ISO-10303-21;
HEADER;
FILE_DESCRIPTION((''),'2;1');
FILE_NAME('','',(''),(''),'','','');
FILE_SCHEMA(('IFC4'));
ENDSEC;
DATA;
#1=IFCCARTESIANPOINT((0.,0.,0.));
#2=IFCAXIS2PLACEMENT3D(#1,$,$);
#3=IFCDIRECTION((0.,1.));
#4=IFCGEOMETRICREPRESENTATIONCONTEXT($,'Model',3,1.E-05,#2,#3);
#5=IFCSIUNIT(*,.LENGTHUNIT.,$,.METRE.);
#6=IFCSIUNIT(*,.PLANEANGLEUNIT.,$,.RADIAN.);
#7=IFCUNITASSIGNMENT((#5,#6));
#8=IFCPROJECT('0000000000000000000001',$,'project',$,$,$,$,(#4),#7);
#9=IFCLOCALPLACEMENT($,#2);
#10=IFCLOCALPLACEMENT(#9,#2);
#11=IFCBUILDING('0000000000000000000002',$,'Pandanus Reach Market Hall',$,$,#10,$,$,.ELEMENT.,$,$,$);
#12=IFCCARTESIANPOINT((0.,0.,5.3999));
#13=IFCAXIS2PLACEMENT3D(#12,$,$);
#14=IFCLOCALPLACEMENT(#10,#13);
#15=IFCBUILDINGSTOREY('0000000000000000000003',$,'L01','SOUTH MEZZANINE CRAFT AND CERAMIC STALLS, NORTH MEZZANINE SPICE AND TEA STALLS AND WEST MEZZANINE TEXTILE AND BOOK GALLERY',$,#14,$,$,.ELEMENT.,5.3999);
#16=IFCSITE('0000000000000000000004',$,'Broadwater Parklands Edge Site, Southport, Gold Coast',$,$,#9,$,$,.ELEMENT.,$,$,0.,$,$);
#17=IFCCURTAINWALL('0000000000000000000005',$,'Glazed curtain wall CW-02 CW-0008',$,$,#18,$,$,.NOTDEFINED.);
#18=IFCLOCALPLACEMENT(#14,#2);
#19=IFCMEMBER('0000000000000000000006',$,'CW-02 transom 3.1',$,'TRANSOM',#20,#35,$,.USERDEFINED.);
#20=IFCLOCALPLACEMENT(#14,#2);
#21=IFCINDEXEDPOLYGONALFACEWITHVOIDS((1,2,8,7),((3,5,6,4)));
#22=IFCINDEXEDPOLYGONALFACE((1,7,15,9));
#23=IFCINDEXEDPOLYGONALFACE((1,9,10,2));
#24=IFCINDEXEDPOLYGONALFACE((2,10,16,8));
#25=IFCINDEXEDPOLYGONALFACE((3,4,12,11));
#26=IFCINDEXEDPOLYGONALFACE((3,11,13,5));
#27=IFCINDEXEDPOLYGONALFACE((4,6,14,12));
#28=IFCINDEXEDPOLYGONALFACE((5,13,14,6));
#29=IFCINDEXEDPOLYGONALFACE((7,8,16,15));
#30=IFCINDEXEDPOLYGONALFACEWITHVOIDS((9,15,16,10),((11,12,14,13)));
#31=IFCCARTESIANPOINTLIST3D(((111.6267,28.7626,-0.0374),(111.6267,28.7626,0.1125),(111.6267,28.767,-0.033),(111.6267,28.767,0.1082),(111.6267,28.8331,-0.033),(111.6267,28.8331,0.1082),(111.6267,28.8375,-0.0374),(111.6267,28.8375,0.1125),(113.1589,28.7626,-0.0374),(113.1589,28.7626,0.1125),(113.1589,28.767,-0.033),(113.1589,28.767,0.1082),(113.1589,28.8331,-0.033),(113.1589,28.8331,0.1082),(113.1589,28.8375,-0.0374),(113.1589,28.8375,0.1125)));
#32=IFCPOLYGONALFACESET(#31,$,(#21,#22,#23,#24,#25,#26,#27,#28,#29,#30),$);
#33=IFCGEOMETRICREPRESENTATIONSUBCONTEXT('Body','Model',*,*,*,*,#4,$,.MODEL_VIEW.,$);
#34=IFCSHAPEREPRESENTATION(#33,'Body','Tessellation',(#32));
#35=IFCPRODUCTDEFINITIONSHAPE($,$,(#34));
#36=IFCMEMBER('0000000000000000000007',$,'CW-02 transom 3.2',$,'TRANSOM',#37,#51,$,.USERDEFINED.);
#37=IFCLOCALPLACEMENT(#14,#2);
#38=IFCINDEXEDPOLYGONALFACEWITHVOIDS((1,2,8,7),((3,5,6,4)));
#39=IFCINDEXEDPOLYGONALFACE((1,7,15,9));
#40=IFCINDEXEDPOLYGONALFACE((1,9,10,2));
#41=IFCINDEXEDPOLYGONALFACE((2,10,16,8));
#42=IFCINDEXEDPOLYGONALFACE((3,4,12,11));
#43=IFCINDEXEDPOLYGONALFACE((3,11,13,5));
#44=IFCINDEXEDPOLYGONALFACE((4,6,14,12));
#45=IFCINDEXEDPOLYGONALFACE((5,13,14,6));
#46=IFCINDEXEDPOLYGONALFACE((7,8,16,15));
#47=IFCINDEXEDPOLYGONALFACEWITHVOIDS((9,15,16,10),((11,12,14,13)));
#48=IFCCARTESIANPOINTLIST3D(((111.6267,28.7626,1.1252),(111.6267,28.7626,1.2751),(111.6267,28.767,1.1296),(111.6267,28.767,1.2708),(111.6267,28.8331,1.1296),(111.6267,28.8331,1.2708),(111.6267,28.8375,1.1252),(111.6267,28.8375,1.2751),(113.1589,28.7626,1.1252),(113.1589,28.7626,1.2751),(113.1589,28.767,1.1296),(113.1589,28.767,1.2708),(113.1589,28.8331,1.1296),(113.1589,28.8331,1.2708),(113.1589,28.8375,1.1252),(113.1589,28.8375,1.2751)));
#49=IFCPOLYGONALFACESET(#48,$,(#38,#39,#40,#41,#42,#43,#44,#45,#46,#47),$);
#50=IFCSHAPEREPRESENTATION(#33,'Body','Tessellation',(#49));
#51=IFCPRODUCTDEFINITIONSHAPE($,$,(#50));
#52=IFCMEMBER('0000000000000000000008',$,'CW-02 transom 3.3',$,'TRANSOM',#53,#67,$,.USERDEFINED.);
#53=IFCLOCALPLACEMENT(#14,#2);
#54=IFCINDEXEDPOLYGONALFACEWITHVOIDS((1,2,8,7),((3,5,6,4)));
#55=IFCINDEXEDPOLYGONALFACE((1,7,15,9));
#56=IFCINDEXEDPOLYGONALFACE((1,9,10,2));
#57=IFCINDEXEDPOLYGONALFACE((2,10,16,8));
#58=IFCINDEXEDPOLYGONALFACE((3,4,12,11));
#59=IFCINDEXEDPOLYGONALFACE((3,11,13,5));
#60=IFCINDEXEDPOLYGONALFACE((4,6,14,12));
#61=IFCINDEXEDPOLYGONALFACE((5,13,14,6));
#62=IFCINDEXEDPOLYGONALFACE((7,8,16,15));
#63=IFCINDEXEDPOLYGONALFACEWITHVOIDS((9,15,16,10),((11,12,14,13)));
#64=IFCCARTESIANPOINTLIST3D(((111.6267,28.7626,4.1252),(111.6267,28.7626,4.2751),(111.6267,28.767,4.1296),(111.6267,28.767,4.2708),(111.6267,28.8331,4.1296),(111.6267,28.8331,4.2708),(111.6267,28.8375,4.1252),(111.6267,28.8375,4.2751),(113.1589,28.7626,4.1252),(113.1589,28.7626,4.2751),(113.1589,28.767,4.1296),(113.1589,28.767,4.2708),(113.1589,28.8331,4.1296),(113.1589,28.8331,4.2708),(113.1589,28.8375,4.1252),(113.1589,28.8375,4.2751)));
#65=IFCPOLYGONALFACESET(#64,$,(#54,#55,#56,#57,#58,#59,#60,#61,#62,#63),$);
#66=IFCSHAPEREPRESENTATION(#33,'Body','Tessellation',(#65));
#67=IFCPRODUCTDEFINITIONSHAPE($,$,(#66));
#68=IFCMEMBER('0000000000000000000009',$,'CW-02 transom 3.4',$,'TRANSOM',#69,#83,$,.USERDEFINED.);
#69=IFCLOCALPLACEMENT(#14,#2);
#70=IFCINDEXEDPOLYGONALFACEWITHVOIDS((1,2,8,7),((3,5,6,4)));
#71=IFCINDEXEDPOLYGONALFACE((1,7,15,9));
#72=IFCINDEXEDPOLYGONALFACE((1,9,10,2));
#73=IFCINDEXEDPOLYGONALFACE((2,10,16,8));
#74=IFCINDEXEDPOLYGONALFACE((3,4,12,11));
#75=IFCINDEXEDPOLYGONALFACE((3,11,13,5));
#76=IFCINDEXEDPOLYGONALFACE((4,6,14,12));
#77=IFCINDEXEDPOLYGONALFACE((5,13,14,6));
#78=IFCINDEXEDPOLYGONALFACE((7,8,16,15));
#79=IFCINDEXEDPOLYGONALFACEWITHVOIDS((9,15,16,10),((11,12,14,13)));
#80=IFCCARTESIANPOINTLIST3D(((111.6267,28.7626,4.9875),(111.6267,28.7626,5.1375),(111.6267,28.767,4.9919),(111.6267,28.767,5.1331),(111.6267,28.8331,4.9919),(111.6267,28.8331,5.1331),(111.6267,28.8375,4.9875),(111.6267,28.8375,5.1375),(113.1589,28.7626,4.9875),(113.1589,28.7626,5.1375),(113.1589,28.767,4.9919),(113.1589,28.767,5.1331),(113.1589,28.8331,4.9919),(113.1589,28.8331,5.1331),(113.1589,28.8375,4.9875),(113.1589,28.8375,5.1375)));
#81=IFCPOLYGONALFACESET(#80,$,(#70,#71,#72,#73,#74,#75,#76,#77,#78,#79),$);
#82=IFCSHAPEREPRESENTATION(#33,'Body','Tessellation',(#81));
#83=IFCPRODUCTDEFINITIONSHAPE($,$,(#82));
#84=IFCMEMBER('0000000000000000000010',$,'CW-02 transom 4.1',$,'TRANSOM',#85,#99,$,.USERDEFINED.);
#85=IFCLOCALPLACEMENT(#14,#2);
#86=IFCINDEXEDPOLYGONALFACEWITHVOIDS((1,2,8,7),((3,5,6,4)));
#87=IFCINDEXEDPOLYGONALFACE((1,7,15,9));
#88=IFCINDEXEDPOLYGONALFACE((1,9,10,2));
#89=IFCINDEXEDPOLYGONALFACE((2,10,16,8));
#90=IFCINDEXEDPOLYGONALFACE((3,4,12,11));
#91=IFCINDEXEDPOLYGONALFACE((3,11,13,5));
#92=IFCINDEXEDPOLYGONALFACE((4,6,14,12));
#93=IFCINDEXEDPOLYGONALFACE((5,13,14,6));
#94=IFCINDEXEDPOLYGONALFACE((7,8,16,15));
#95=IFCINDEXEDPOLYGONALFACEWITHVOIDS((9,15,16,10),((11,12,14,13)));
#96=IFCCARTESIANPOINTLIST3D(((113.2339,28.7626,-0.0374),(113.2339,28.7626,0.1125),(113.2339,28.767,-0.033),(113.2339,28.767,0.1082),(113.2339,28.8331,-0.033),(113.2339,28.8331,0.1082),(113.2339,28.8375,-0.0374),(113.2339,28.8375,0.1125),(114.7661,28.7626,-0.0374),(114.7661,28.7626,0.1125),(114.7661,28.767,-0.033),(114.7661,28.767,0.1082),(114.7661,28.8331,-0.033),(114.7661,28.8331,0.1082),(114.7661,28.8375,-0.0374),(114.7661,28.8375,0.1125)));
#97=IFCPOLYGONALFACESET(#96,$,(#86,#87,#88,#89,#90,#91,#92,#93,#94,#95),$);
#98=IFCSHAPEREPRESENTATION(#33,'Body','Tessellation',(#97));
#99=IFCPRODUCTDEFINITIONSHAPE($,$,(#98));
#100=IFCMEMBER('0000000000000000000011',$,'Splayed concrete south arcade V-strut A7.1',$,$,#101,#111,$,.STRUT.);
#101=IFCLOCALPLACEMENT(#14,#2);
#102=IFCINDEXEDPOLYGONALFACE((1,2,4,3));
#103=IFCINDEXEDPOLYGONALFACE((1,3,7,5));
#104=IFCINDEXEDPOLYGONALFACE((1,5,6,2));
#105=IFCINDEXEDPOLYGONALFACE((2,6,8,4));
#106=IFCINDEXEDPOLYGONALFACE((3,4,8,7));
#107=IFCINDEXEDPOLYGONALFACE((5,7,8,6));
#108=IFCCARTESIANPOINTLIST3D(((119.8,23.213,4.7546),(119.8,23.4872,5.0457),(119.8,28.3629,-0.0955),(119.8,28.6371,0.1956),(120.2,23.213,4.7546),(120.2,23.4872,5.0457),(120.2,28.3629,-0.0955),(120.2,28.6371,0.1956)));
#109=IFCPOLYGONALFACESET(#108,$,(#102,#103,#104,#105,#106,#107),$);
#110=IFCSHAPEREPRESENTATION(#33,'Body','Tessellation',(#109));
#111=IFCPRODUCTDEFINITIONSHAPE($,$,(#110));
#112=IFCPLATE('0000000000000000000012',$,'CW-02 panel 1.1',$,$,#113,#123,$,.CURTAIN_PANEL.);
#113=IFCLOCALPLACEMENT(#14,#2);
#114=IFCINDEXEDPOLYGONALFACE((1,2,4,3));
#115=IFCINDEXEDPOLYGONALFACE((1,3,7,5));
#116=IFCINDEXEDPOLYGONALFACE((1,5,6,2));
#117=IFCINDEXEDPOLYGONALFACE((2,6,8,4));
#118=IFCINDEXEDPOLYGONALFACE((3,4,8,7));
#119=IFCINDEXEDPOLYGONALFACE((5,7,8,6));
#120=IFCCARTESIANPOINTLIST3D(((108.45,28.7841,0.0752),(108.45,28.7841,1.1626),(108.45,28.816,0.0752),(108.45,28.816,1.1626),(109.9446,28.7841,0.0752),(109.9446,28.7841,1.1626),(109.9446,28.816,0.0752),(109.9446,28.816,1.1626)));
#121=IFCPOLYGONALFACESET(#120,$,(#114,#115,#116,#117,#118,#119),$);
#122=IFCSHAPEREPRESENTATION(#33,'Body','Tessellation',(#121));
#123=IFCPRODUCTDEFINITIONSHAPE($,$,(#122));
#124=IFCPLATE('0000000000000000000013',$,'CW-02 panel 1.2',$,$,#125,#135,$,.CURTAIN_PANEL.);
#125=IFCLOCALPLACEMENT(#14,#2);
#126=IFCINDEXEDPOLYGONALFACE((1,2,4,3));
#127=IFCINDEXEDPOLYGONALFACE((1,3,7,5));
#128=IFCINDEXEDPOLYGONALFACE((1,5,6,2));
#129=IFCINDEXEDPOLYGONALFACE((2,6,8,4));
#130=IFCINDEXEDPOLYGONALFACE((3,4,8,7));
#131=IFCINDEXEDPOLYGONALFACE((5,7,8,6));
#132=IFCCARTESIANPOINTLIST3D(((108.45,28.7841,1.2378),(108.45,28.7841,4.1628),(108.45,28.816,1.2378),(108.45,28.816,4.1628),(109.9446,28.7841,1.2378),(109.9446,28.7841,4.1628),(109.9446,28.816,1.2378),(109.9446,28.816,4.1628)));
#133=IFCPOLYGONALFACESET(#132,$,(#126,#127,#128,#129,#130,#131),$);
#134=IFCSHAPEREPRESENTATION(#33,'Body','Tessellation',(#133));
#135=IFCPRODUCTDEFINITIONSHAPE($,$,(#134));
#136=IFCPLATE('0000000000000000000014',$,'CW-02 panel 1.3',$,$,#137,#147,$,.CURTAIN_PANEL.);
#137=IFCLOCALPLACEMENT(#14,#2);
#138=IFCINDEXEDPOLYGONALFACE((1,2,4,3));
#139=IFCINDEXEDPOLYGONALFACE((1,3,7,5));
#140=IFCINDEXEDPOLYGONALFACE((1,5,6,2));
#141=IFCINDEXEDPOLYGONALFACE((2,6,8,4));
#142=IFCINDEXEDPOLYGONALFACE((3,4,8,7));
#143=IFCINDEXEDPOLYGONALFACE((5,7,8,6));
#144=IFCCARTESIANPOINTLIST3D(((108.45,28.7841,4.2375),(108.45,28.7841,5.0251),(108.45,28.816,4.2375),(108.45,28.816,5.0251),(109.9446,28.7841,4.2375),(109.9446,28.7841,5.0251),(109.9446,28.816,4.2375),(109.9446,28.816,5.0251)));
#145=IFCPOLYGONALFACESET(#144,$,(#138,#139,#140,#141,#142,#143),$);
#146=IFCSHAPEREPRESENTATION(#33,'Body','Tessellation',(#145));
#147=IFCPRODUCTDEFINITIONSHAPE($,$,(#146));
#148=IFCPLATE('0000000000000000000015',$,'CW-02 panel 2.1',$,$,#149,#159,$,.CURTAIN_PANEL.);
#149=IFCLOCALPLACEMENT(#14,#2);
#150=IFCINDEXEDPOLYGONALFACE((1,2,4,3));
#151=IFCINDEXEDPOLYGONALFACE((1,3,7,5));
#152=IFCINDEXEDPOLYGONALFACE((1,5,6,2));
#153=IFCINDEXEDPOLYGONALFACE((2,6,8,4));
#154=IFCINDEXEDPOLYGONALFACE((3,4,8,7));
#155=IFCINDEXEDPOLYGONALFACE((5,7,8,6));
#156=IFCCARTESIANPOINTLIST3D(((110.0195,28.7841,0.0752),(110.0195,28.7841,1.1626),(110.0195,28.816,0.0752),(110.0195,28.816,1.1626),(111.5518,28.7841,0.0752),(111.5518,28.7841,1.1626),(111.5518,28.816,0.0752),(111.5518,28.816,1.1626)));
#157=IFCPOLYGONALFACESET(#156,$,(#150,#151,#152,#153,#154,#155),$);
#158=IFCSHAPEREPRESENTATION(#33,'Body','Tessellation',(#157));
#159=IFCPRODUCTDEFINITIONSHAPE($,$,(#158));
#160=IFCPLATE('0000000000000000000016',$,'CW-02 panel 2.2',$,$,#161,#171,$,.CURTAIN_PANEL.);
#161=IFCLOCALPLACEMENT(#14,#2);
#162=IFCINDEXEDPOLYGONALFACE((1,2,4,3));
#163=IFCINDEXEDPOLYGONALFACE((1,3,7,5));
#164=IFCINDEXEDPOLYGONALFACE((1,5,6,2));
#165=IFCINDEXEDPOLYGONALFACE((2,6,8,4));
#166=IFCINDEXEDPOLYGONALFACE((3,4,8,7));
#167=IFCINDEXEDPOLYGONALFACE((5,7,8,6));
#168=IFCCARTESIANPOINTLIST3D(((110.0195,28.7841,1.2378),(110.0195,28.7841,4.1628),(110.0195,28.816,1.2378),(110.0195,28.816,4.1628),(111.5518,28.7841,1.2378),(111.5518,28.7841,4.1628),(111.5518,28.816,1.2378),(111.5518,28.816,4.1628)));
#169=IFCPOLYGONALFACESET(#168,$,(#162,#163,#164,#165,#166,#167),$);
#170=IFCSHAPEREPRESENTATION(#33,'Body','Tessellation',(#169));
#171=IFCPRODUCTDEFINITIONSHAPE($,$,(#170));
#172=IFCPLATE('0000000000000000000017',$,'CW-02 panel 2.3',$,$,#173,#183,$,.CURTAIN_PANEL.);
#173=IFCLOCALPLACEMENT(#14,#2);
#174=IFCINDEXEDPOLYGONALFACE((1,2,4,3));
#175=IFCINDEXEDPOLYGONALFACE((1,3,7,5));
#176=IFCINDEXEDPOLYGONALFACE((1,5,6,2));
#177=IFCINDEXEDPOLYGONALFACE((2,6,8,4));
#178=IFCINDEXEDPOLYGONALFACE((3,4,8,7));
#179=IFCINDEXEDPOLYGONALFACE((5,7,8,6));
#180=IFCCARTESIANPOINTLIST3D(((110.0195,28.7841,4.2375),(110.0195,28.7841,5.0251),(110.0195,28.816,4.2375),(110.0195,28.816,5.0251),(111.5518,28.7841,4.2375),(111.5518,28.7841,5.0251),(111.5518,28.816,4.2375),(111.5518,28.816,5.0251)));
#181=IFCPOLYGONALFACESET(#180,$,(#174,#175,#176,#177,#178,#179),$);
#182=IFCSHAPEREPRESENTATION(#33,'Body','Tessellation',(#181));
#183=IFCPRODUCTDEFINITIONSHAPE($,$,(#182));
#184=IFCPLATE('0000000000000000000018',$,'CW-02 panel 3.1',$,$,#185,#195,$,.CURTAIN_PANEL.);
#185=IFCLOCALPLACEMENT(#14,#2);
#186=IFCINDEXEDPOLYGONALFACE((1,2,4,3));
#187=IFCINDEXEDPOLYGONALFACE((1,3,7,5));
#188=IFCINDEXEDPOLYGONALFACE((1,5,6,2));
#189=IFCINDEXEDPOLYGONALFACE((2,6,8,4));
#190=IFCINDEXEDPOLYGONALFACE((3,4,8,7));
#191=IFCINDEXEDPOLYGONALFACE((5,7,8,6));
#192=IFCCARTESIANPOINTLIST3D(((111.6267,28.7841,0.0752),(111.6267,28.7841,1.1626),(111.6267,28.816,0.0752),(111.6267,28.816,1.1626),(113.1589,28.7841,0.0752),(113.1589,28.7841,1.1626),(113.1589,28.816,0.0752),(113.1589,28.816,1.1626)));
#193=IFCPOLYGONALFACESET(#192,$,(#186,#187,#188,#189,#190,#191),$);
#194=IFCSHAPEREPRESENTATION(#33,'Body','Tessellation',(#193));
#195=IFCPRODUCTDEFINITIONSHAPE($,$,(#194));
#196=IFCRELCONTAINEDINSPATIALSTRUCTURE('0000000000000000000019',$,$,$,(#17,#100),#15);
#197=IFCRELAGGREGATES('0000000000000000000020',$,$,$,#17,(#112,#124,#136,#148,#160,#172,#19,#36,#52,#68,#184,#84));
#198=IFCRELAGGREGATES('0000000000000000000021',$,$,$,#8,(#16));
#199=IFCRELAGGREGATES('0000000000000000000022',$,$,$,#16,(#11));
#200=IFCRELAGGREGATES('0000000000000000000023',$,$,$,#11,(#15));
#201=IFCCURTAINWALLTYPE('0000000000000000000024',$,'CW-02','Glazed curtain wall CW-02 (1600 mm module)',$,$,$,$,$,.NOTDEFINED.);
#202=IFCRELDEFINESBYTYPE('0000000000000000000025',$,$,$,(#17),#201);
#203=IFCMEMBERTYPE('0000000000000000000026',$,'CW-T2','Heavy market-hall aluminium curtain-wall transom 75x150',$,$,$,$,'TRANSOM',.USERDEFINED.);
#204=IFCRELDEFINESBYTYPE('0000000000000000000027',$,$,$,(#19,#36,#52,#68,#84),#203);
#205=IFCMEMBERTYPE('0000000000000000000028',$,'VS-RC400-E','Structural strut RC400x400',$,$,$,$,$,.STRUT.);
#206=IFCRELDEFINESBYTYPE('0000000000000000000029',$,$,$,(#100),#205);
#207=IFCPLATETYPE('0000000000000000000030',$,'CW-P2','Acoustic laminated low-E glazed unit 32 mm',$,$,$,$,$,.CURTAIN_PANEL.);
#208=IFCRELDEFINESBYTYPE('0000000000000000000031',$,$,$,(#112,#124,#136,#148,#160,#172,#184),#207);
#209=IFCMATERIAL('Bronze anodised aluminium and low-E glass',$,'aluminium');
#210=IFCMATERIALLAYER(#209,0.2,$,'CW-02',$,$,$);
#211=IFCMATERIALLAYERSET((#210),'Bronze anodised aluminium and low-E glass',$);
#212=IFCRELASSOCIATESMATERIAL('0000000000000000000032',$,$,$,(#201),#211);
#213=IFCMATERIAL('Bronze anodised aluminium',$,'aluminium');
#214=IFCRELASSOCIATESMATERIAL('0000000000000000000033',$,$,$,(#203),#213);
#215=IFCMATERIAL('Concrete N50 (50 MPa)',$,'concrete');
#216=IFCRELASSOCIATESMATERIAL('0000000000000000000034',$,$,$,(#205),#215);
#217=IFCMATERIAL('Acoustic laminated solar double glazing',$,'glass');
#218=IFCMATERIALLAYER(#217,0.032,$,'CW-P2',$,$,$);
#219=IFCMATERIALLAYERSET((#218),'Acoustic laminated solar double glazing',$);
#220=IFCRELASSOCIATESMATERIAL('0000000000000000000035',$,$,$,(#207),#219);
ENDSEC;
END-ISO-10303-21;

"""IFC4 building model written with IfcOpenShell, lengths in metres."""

from ifc_helpers import new_model, si_unit, direction, frame, origin, origin_2d, place, context, subcontext, project, spatial, rectangle, hollow_rectangle, extrude, material, layer, layer_set, material_profile, profile_set, type_object, element, aggregate, save


model = new_model("IFC4")

# Units and contexts
model_context = context("Model", 3, precision=1e-05, world=origin(), true_north=direction((0.0, 1.0)))
body_context = subcontext(model_context, "Body", "Model", "MODEL_VIEW")
ifc_project = project(units=[si_unit("LENGTHUNIT", "METRE"), si_unit("PLANEANGLEUNIT", "RADIAN")], contexts=[model_context])

# Site, building, storey
site_placement = place(None, origin())
site = spatial("IfcSite", under=ifc_project, at=site_placement, Name="Broadwater Parklands Edge Site, Southport, Gold Coast", CompositionType="ELEMENT", RefElevation=0.0)
building_placement = place(site_placement, origin())
building = spatial("IfcBuilding", under=site, at=building_placement, Name="Pandanus Reach Market Hall", CompositionType="ELEMENT")
storey_placement = place(building_placement, frame((0.0, 0.0, 5.3999)))
storey = spatial("IfcBuildingStorey", under=building, at=storey_placement, Name="L01", Description="SOUTH MEZZANINE CRAFT AND CERAMIC STALLS, NORTH MEZZANINE SPICE AND TEA STALLS AND WEST MEZZANINE TEXTILE AND BOOK GALLERY", CompositionType="ELEMENT", Elevation=5.3999)

# Shared definitions
ifc_material_1 = material(Name="Concrete N50 (50 MPa)", Category="concrete")

# Curtain wall, members
ifc_material_2 = material(Name="Bronze anodised aluminium and low-E glass", Category="aluminium")
ifc_layer_1 = layer(ifc_material_2, 0.2, Name="CW-02")
ifc_layer_set_1 = layer_set([ifc_layer_1], Name="Bronze anodised aluminium and low-E glass")
curtain_wall_type = type_object("IfcCurtainWallType", Name="CW-02", Description="Glazed curtain wall CW-02 (1600 mm module)", PredefinedType="NOTDEFINED", material=ifc_layer_set_1)
curtain_wall_placement = place(storey_placement, origin())
curtain_wall = element("IfcCurtainWall", 1, at=curtain_wall_placement, inside=storey, type_object=curtain_wall_type, Name="Glazed curtain wall CW-02 CW-0008", PredefinedType="NOTDEFINED")
ifc_material_3 = material(Name="Bronze anodised aluminium", Category="aluminium")
ifc_material_profile_1 = material_profile(ifc_material_3, hollow_rectangle(XDim=0.075, YDim=0.1499, WallThickness=0.0044, at=origin_2d()), Name="ALU75x150", Category="LoadBearing")
ifc_profile_set_1 = profile_set([ifc_material_profile_1], Name="Bronze anodised aluminium")
member_type_1 = type_object("IfcMemberType", Name="CW-T2", Description="Heavy market-hall aluminium curtain-wall transom 75x150", ElementType="TRANSOM", PredefinedType="USERDEFINED", material=ifc_profile_set_1)
member_1_placement = place(storey_placement, frame((111.6267, 28.8, 0.0376), z_axis=(1.0, 0.0, 0.0), x_axis=(0.0, 1.0, 0.0)))
member_1 = element("IfcMember", 2, at=member_1_placement, type_object=member_type_1, Name="CW-02 transom 3.1", ObjectType="TRANSOM", PredefinedType="USERDEFINED", context=body_context, shape_type="SweptSolid", body=[
    extrude(hollow_rectangle(XDim=0.075, YDim=0.1499, WallThickness=0.0044, at=origin_2d()), origin(), (0.0, 0.0, 1.0), 1.5322),
])
member_2_placement = place(storey_placement, frame((111.6267, 28.8, 1.2002), z_axis=(1.0, 0.0, 0.0), x_axis=(0.0, 1.0, 0.0)))
member_2 = element("IfcMember", 3, at=member_2_placement, type_object=member_type_1, Name="CW-02 transom 3.2", ObjectType="TRANSOM", PredefinedType="USERDEFINED", context=body_context, shape_type="SweptSolid", body=[
    extrude(hollow_rectangle(XDim=0.075, YDim=0.1499, WallThickness=0.0044, at=origin_2d()), origin(), (0.0, 0.0, 1.0), 1.5322),
])
member_3_placement = place(storey_placement, frame((111.6267, 28.8, 4.2002), z_axis=(1.0, 0.0, 0.0), x_axis=(0.0, 1.0, 0.0)))
member_3 = element("IfcMember", 4, at=member_3_placement, type_object=member_type_1, Name="CW-02 transom 3.3", ObjectType="TRANSOM", PredefinedType="USERDEFINED", context=body_context, shape_type="SweptSolid", body=[
    extrude(hollow_rectangle(XDim=0.075, YDim=0.1499, WallThickness=0.0044, at=origin_2d()), origin(), (0.0, 0.0, 1.0), 1.5322),
])
member_4_placement = place(storey_placement, frame((111.6267, 28.8, 5.0625), z_axis=(1.0, 0.0, 0.0), x_axis=(0.0, 1.0, 0.0)))
member_4 = element("IfcMember", 5, at=member_4_placement, type_object=member_type_1, Name="CW-02 transom 3.4", ObjectType="TRANSOM", PredefinedType="USERDEFINED", context=body_context, shape_type="SweptSolid", body=[
    extrude(hollow_rectangle(XDim=0.075, YDim=0.1499, WallThickness=0.0044, at=origin_2d()), origin(), (0.0, 0.0, 1.0), 1.5322),
])
member_5_placement = place(storey_placement, frame((113.2339, 28.8, 0.0376), z_axis=(1.0, 0.0, 0.0), x_axis=(0.0, 1.0, 0.0)))
member_5 = element("IfcMember", 6, at=member_5_placement, type_object=member_type_1, Name="CW-02 transom 4.1", ObjectType="TRANSOM", PredefinedType="USERDEFINED", context=body_context, shape_type="SweptSolid", body=[
    extrude(hollow_rectangle(XDim=0.075, YDim=0.1499, WallThickness=0.0044, at=origin_2d()), origin(), (0.0, 0.0, 1.0), 1.5322),
])

# Member
ifc_material_profile_2 = material_profile(ifc_material_1, rectangle(XDim=0.3999, YDim=0.3999, at=origin_2d()), Name="RC400x400", Category="LoadBearing")
ifc_profile_set_2 = profile_set([ifc_material_profile_2], Name="Concrete N50 (50 MPa)")
member_type_2 = type_object("IfcMemberType", Name="VS-RC400-E", Description="Structural strut RC400x400", PredefinedType="STRUT", material=ifc_profile_set_2)
member_6_placement = place(storey_placement, frame((120.0, 28.5, 0.05), z_axis=(0.0, -0.727979, 0.685599), x_axis=(1.0, 0.0, 0.0)))
element("IfcMember", 7, at=member_6_placement, inside=storey, type_object=member_type_2, Name="Splayed concrete south arcade V-strut A7.1", PredefinedType="STRUT", context=body_context, shape_type="SweptSolid", body=[
    extrude(rectangle(XDim=0.3999, YDim=0.3999, at=origin_2d()), origin(), (0.0, 0.0, 1.0), 7.0742),
])

# Plates
ifc_material_4 = material(Name="Acoustic laminated solar double glazing", Category="glass")
ifc_layer_2 = layer(ifc_material_4, 0.032, Name="CW-P2")
ifc_layer_set_2 = layer_set([ifc_layer_2], Name="Acoustic laminated solar double glazing")
plate_type_1 = type_object("IfcPlateType", Name="CW-P2", Description="Acoustic laminated low-E glazed unit 32 mm", PredefinedType="CURTAIN_PANEL", material=ifc_layer_set_2)
plate_1_placement = place(storey_placement, frame((109.1973, 28.8, 0.0752), z_axis=(0.0, 0.0, 1.0), x_axis=(1.0, 0.0, 0.0)))
plate_1 = element("IfcPlate", 8, at=plate_1_placement, type_object=plate_type_1, Name="CW-02 panel 1.1", PredefinedType="CURTAIN_PANEL", context=body_context, shape_type="SweptSolid", body=[
    extrude(rectangle(XDim=1.4946, YDim=0.032, at=origin_2d()), origin(), (0.0, 0.0, 1.0), 1.0874),
])
plate_2_placement = place(storey_placement, frame((109.1973, 28.8, 1.2378), z_axis=(0.0, 0.0, 1.0), x_axis=(1.0, 0.0, 0.0)))
plate_2 = element("IfcPlate", 9, at=plate_2_placement, type_object=plate_type_1, Name="CW-02 panel 1.2", PredefinedType="CURTAIN_PANEL", context=body_context, shape_type="SweptSolid", body=[
    extrude(rectangle(XDim=1.4946, YDim=0.032, at=origin_2d()), origin(), (0.0, 0.0, 1.0), 2.925),
])
plate_3_placement = place(storey_placement, frame((109.1973, 28.8, 4.2375), z_axis=(0.0, 0.0, 1.0), x_axis=(1.0, 0.0, 0.0)))
plate_3 = element("IfcPlate", 10, at=plate_3_placement, type_object=plate_type_1, Name="CW-02 panel 1.3", PredefinedType="CURTAIN_PANEL", context=body_context, shape_type="SweptSolid", body=[
    extrude(rectangle(XDim=1.4946, YDim=0.032, at=origin_2d()), origin(), (0.0, 0.0, 1.0), 0.7876),
])
plate_4_placement = place(storey_placement, frame((110.7856, 28.8, 0.0752), z_axis=(0.0, 0.0, 1.0), x_axis=(1.0, 0.0, 0.0)))
plate_4 = element("IfcPlate", 11, at=plate_4_placement, type_object=plate_type_1, Name="CW-02 panel 2.1", PredefinedType="CURTAIN_PANEL", context=body_context, shape_type="SweptSolid", body=[
    extrude(rectangle(XDim=1.5322, YDim=0.032, at=origin_2d()), origin(), (0.0, 0.0, 1.0), 1.0874),
])
plate_5_placement = place(storey_placement, frame((110.7856, 28.8, 1.2378), z_axis=(0.0, 0.0, 1.0), x_axis=(1.0, 0.0, 0.0)))
plate_5 = element("IfcPlate", 12, at=plate_5_placement, type_object=plate_type_1, Name="CW-02 panel 2.2", PredefinedType="CURTAIN_PANEL", context=body_context, shape_type="SweptSolid", body=[
    extrude(rectangle(XDim=1.5322, YDim=0.032, at=origin_2d()), origin(), (0.0, 0.0, 1.0), 2.925),
])
plate_6_placement = place(storey_placement, frame((110.7856, 28.8, 4.2375), z_axis=(0.0, 0.0, 1.0), x_axis=(1.0, 0.0, 0.0)))
plate_6 = element("IfcPlate", 13, at=plate_6_placement, type_object=plate_type_1, Name="CW-02 panel 2.3", PredefinedType="CURTAIN_PANEL", context=body_context, shape_type="SweptSolid", body=[
    extrude(rectangle(XDim=1.5322, YDim=0.032, at=origin_2d()), origin(), (0.0, 0.0, 1.0), 0.7876),
])
plate_7_placement = place(storey_placement, frame((112.3928, 28.8, 0.0752), z_axis=(0.0, 0.0, 1.0), x_axis=(1.0, 0.0, 0.0)))
plate_7 = element("IfcPlate", 14, at=plate_7_placement, type_object=plate_type_1, Name="CW-02 panel 3.1", PredefinedType="CURTAIN_PANEL", context=body_context, shape_type="SweptSolid", body=[
    extrude(rectangle(XDim=1.5322, YDim=0.032, at=origin_2d()), origin(), (0.0, 0.0, 1.0), 1.0874),
])
aggregate(curtain_wall, [plate_1, plate_2, plate_3, plate_4, plate_5, plate_6, member_1, member_2, member_3, member_4, plate_7, member_5])

save(model, "model.ifc")
